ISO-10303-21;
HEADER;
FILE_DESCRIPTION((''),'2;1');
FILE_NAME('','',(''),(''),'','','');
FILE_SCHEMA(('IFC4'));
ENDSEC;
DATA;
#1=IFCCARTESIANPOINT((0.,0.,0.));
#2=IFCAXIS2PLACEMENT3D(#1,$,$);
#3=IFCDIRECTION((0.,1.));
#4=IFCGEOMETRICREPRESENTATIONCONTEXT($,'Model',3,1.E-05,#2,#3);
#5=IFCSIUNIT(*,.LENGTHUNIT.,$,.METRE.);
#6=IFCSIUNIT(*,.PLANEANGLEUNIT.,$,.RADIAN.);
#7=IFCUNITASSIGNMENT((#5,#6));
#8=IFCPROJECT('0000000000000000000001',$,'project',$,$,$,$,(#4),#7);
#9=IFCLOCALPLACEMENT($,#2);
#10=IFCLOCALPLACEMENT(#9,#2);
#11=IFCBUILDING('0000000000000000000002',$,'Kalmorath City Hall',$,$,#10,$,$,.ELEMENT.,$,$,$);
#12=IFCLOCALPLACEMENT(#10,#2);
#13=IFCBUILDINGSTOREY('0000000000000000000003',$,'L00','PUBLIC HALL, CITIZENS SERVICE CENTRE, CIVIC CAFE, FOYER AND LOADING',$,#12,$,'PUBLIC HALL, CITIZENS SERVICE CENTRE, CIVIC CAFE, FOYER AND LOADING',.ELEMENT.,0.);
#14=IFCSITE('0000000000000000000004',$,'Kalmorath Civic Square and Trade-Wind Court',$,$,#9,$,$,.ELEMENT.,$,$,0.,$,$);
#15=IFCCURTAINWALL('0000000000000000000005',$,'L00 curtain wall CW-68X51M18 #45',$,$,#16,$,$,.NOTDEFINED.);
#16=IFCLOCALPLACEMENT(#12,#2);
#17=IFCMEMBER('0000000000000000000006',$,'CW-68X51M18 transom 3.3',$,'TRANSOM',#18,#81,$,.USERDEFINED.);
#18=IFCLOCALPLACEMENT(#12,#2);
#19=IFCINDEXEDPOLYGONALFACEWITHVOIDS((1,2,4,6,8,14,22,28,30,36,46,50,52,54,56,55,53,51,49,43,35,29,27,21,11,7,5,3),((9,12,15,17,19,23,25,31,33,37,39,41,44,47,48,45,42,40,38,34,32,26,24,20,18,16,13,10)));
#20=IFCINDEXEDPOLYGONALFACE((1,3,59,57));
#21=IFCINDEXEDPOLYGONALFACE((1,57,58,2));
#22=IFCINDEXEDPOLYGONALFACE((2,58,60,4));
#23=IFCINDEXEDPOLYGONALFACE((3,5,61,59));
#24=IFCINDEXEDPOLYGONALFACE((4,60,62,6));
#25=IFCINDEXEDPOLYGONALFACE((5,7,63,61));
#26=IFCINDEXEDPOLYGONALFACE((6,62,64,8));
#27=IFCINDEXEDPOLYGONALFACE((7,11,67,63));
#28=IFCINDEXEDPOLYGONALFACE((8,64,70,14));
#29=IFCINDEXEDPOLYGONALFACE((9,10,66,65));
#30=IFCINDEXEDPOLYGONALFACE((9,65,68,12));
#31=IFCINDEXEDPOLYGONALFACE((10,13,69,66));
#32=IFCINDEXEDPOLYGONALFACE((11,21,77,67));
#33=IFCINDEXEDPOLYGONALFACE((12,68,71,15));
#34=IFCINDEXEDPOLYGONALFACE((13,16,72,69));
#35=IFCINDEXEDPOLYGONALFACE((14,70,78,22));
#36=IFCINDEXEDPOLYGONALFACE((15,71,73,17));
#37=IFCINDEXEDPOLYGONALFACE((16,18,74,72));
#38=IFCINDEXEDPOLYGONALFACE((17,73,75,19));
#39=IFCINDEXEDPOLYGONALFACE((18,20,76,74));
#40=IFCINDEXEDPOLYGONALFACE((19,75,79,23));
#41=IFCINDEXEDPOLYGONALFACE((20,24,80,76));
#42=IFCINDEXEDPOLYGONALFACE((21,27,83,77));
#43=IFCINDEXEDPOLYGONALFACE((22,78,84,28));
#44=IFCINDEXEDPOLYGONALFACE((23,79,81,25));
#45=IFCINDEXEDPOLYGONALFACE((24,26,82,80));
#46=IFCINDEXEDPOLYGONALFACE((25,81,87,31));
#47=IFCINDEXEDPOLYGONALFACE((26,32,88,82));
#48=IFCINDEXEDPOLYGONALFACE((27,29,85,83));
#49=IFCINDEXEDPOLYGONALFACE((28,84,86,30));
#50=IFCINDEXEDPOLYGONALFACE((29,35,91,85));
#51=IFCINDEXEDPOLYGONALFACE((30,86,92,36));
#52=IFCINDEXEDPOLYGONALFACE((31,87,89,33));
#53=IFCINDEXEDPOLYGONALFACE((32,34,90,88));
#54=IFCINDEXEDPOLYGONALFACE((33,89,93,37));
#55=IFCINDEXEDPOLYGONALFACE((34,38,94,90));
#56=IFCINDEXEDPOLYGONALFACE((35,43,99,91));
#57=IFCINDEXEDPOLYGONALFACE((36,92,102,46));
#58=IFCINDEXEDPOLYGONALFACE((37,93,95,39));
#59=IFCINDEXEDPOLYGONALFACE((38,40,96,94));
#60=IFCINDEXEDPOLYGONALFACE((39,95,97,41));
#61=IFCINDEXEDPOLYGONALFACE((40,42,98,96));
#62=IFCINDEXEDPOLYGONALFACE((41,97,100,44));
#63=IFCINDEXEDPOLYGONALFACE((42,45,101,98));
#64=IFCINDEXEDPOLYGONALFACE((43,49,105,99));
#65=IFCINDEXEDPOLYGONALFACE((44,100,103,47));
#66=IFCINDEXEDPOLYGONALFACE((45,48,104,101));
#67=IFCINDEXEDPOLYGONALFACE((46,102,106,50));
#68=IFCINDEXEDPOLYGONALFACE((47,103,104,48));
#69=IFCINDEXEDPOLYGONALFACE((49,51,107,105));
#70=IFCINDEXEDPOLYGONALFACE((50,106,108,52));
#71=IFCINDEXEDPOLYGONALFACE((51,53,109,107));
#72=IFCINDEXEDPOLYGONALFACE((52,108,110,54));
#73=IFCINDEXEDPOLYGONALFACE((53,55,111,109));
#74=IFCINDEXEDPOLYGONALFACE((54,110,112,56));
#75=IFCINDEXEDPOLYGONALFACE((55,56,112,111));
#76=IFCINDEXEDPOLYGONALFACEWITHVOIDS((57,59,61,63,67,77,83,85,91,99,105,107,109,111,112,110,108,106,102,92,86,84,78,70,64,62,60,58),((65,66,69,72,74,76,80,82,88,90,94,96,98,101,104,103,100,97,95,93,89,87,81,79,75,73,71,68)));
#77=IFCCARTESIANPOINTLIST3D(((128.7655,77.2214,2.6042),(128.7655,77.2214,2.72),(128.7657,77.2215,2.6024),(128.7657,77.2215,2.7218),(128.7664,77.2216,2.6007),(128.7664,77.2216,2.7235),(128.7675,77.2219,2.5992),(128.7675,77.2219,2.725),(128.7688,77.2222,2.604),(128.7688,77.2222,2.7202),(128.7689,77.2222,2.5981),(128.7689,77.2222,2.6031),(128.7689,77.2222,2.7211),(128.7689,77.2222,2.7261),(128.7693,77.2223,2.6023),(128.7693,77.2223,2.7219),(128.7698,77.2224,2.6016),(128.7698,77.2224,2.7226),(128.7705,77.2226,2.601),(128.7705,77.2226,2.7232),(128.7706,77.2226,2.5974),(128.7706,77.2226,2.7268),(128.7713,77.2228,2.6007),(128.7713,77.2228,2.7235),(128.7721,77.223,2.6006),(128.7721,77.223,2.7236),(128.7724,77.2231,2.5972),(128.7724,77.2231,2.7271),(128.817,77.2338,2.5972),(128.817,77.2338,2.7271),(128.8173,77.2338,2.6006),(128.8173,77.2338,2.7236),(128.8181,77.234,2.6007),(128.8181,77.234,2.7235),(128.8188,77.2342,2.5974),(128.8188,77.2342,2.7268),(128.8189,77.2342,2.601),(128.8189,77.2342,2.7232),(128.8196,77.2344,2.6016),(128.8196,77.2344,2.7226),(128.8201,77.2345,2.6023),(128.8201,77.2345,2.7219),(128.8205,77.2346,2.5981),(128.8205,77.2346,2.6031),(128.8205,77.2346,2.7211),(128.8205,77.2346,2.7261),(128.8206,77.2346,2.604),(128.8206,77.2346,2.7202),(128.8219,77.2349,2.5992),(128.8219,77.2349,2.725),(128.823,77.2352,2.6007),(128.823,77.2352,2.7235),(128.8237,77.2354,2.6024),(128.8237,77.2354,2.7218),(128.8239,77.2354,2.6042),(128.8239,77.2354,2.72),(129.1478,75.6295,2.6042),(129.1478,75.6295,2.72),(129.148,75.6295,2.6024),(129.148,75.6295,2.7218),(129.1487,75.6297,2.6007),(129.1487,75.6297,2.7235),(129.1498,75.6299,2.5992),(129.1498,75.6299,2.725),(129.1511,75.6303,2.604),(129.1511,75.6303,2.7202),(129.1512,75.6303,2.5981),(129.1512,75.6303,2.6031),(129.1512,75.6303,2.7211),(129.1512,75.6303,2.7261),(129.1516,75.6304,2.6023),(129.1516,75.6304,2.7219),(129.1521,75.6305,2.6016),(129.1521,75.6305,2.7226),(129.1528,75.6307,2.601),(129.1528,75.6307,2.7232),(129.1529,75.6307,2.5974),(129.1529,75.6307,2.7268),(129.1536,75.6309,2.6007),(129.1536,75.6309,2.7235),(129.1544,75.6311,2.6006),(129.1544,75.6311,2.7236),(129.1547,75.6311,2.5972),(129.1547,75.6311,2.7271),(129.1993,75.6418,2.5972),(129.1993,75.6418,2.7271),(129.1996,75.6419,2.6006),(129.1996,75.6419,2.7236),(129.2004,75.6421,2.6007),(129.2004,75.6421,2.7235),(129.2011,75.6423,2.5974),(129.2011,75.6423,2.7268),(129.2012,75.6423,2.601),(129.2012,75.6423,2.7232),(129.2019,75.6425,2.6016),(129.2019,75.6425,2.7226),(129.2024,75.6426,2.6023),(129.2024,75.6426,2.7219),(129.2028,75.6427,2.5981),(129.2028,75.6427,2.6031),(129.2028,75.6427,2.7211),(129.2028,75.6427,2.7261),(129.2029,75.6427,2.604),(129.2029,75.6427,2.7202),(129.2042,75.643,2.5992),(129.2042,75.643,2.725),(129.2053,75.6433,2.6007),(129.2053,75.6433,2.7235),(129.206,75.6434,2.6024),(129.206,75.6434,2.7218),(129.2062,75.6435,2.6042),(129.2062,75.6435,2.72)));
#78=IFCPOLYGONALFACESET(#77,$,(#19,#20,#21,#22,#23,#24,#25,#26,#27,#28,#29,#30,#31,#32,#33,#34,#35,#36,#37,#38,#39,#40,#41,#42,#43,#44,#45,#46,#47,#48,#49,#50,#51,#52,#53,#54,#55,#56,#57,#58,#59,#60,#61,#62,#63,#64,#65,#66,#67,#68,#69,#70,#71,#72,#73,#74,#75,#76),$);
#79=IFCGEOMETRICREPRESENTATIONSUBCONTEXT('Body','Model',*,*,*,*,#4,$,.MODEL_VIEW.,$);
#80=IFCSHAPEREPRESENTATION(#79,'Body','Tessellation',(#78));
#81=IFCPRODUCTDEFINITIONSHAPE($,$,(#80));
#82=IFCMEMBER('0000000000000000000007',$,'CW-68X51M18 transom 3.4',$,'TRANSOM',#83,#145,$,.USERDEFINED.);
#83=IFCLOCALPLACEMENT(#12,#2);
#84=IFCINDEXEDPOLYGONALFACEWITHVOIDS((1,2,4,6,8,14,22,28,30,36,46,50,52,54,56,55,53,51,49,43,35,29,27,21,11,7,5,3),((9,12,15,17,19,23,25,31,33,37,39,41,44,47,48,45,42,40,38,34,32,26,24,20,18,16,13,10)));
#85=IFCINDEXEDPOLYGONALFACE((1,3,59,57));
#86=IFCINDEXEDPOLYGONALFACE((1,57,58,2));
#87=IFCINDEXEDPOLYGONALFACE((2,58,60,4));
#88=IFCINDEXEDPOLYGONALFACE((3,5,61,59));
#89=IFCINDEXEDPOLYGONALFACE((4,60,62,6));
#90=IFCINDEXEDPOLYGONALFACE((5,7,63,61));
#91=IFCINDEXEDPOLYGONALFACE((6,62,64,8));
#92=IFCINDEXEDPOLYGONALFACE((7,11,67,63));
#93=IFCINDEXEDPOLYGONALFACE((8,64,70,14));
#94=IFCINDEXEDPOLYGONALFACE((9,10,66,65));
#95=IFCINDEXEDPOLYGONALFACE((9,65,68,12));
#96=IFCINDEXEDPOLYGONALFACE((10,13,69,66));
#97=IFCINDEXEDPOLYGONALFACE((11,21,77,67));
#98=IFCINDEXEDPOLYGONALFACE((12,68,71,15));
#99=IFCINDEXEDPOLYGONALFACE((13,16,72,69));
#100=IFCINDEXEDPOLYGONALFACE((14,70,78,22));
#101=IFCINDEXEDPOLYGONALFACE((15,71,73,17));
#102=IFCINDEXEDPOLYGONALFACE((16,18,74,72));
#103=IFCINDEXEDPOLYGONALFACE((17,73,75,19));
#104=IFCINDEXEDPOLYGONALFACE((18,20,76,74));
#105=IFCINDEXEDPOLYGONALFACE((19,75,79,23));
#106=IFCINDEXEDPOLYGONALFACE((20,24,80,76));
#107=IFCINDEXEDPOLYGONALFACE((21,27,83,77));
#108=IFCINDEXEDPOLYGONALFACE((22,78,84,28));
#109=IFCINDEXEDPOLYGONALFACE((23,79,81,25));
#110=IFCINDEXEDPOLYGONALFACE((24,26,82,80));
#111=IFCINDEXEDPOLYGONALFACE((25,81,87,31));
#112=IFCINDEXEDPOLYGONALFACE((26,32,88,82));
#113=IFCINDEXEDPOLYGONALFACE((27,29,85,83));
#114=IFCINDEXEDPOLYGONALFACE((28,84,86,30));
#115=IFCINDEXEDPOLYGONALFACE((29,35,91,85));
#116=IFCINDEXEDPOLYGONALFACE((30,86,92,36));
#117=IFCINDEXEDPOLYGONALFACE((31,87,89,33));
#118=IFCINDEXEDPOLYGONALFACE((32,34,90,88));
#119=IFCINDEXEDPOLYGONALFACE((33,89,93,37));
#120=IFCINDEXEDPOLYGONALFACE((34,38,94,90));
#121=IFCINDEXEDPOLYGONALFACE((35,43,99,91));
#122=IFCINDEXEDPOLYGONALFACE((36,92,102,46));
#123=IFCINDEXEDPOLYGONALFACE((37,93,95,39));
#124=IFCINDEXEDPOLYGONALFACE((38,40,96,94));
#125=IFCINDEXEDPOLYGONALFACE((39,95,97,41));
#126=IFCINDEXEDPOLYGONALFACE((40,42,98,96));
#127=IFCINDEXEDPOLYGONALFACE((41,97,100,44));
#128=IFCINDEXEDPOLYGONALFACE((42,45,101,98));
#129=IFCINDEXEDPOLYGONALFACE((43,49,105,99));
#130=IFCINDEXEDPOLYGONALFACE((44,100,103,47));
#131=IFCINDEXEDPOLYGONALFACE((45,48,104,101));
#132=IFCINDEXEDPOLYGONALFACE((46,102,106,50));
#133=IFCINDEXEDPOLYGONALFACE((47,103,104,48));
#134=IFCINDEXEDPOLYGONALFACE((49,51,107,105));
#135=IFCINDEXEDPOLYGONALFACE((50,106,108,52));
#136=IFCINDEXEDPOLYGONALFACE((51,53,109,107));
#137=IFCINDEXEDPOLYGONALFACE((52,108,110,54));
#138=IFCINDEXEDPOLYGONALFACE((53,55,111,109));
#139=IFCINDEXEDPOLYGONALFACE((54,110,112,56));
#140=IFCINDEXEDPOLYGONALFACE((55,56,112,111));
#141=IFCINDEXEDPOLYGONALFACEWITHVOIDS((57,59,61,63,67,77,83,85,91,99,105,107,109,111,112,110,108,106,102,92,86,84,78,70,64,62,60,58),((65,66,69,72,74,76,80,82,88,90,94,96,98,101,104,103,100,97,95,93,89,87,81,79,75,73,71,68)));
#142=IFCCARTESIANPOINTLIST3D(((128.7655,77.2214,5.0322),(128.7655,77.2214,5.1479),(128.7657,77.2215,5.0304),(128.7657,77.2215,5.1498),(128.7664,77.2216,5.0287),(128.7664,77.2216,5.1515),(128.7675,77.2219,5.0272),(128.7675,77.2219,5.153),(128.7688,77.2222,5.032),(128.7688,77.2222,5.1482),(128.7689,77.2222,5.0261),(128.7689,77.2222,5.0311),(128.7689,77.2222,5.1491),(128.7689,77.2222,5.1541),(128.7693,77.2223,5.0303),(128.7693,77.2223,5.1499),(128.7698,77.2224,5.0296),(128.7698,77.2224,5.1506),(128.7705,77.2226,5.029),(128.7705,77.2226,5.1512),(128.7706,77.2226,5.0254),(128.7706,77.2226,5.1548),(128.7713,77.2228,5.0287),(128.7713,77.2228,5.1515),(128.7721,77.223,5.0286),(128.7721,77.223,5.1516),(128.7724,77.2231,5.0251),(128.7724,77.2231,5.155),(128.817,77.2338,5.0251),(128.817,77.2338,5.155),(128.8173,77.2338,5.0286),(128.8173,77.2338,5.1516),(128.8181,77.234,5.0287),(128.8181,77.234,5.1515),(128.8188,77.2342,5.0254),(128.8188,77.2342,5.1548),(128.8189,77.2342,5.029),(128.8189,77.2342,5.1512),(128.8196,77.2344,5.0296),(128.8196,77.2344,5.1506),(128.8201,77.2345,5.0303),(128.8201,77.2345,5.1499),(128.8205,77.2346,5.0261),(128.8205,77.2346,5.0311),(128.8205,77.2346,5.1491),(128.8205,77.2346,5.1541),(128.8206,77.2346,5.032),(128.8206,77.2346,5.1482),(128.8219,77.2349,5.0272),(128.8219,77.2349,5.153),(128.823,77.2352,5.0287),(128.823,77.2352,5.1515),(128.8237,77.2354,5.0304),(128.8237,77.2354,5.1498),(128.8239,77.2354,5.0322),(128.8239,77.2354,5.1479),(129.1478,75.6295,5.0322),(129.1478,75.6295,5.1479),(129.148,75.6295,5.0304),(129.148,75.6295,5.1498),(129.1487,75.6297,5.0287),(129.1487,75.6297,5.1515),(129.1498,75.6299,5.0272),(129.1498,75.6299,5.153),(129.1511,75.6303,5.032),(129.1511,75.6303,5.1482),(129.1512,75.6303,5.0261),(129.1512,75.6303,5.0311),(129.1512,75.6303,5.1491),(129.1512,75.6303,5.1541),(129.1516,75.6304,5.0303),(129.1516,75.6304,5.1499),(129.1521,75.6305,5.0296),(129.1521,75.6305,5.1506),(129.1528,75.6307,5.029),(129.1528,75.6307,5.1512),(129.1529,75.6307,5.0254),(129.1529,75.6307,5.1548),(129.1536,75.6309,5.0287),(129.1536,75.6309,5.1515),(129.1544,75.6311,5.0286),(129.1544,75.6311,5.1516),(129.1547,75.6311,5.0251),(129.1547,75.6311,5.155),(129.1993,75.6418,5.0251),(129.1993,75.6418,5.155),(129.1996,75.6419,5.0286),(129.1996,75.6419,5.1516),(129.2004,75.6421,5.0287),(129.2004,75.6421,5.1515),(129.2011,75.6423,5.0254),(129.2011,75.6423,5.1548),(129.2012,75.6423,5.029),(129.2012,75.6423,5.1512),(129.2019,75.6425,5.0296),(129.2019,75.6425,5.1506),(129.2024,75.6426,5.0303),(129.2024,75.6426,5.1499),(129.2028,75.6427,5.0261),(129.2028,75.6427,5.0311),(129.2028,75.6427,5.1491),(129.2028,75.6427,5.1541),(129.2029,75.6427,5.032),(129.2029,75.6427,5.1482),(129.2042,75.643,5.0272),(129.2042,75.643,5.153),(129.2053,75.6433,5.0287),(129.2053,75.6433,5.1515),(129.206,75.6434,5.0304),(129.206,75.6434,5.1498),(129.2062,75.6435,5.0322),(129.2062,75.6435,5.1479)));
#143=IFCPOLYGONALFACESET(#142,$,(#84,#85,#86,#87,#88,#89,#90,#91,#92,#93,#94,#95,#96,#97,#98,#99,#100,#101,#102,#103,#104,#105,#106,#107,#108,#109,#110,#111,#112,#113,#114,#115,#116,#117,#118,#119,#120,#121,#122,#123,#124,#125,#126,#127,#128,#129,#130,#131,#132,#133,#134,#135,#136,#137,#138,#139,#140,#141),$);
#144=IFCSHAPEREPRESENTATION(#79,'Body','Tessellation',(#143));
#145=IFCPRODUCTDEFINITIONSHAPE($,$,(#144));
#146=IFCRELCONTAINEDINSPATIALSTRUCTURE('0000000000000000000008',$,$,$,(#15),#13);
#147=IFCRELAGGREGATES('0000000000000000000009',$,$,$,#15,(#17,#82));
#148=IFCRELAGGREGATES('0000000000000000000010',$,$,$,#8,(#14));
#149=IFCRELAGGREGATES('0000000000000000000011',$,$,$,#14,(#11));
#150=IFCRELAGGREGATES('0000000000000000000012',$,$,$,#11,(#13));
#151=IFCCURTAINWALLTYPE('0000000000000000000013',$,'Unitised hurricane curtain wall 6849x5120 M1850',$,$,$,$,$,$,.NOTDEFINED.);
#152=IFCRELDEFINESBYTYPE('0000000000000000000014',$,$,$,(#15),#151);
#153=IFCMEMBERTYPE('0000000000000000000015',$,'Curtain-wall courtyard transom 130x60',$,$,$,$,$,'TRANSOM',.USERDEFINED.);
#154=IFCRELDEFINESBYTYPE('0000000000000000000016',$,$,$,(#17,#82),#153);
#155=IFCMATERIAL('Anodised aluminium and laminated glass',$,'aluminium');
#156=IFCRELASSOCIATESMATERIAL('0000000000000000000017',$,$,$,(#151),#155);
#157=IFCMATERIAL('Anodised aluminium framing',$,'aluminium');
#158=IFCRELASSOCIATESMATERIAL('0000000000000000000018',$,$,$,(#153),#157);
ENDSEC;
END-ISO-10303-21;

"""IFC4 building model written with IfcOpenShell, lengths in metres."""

from ifc_helpers import new_model, si_unit, direction, frame, origin, origin_2d, place, context, subcontext, project, spatial, hollow_rectangle, extrude, material, material_profile, profile_set, type_object, element, aggregate, save


model = new_model("IFC4")

# Units and contexts
model_context = context("Model", 3, precision=1e-05, world=origin(), true_north=direction((0.0, 1.0)))
body_context = subcontext(model_context, "Body", "Model", "MODEL_VIEW")
ifc_project = project(units=[si_unit("LENGTHUNIT", "METRE"), si_unit("PLANEANGLEUNIT", "RADIAN")], contexts=[model_context])

# Site, building, storey
site_placement = place(None, origin())
site = spatial("IfcSite", under=ifc_project, at=site_placement, Name="Kalmorath Civic Square and Trade-Wind Court", CompositionType="ELEMENT", RefElevation=0.0)
building_placement = place(site_placement, origin())
building = spatial("IfcBuilding", under=site, at=building_placement, Name="Kalmorath City Hall", CompositionType="ELEMENT")
storey_placement = place(building_placement, origin())
storey = spatial("IfcBuildingStorey", under=building, at=storey_placement, Name="L00", Description="PUBLIC HALL, CITIZENS SERVICE CENTRE, CIVIC CAFE, FOYER AND LOADING", LongName="PUBLIC HALL, CITIZENS SERVICE CENTRE, CIVIC CAFE, FOYER AND LOADING", CompositionType="ELEMENT", Elevation=0.0)

# Curtain wall, members
ifc_material_1 = material(Name="Anodised aluminium and laminated glass", Category="aluminium")
curtain_wall_type = type_object("IfcCurtainWallType", Name="Unitised hurricane curtain wall 6849x5120 M1850", PredefinedType="NOTDEFINED", material=ifc_material_1)
curtain_wall_placement = place(storey_placement, origin())
curtain_wall = element("IfcCurtainWall", 1, at=curtain_wall_placement, inside=storey, type_object=curtain_wall_type, Name="L00 curtain wall CW-68X51M18 #45", PredefinedType="NOTDEFINED")
ifc_material_2 = material(Name="Anodised aluminium framing", Category="aluminium")
ifc_material_profile_1 = material_profile(ifc_material_2, hollow_rectangle(XDim=0.0601, YDim=0.1299, WallThickness=0.0034, InnerFilletRadius=0.0034, OuterFilletRadius=0.0071, at=origin_2d()), Name="ALU-TRN-130X60X3.5")
ifc_profile_set_1 = profile_set([ifc_material_profile_1], Name="Anodised aluminium framing")
member_type_1 = type_object("IfcMemberType", Name="Curtain-wall courtyard transom 130x60", ElementType="TRANSOM", PredefinedType="USERDEFINED", material=ifc_profile_set_1)
member_1_placement = place(storey_placement, frame((129.177, 75.6365, 2.6621), z_axis=(-0.233508, 0.972355, 0.0), x_axis=(-0.972355, -0.233508, 0.0)))
member_1 = element("IfcMember", 2, at=member_1_placement, type_object=member_type_1, Name="CW-68X51M18 transom 3.3", ObjectType="TRANSOM", PredefinedType="USERDEFINED", context=body_context, shape_type="SweptSolid", body=[
    extrude(hollow_rectangle(XDim=0.0601, YDim=0.1299, WallThickness=0.0034, InnerFilletRadius=0.0034, OuterFilletRadius=0.0071, at=origin_2d()), origin(), (0.0, 0.0, 1.0), 1.6372),
])
member_2_placement = place(storey_placement, frame((129.177, 75.6365, 5.0901), z_axis=(-0.233508, 0.972355, 0.0), x_axis=(-0.972355, -0.233508, 0.0)))
member_2 = element("IfcMember", 3, at=member_2_placement, type_object=member_type_1, Name="CW-68X51M18 transom 3.4", ObjectType="TRANSOM", PredefinedType="USERDEFINED", context=body_context, shape_type="SweptSolid", body=[
    extrude(hollow_rectangle(XDim=0.0601, YDim=0.1299, WallThickness=0.0034, InnerFilletRadius=0.0034, OuterFilletRadius=0.0071, at=origin_2d()), origin(), (0.0, 0.0, 1.0), 1.6372),
])

aggregate(curtain_wall, [member_1, member_2])

save(model, "model.ifc")
